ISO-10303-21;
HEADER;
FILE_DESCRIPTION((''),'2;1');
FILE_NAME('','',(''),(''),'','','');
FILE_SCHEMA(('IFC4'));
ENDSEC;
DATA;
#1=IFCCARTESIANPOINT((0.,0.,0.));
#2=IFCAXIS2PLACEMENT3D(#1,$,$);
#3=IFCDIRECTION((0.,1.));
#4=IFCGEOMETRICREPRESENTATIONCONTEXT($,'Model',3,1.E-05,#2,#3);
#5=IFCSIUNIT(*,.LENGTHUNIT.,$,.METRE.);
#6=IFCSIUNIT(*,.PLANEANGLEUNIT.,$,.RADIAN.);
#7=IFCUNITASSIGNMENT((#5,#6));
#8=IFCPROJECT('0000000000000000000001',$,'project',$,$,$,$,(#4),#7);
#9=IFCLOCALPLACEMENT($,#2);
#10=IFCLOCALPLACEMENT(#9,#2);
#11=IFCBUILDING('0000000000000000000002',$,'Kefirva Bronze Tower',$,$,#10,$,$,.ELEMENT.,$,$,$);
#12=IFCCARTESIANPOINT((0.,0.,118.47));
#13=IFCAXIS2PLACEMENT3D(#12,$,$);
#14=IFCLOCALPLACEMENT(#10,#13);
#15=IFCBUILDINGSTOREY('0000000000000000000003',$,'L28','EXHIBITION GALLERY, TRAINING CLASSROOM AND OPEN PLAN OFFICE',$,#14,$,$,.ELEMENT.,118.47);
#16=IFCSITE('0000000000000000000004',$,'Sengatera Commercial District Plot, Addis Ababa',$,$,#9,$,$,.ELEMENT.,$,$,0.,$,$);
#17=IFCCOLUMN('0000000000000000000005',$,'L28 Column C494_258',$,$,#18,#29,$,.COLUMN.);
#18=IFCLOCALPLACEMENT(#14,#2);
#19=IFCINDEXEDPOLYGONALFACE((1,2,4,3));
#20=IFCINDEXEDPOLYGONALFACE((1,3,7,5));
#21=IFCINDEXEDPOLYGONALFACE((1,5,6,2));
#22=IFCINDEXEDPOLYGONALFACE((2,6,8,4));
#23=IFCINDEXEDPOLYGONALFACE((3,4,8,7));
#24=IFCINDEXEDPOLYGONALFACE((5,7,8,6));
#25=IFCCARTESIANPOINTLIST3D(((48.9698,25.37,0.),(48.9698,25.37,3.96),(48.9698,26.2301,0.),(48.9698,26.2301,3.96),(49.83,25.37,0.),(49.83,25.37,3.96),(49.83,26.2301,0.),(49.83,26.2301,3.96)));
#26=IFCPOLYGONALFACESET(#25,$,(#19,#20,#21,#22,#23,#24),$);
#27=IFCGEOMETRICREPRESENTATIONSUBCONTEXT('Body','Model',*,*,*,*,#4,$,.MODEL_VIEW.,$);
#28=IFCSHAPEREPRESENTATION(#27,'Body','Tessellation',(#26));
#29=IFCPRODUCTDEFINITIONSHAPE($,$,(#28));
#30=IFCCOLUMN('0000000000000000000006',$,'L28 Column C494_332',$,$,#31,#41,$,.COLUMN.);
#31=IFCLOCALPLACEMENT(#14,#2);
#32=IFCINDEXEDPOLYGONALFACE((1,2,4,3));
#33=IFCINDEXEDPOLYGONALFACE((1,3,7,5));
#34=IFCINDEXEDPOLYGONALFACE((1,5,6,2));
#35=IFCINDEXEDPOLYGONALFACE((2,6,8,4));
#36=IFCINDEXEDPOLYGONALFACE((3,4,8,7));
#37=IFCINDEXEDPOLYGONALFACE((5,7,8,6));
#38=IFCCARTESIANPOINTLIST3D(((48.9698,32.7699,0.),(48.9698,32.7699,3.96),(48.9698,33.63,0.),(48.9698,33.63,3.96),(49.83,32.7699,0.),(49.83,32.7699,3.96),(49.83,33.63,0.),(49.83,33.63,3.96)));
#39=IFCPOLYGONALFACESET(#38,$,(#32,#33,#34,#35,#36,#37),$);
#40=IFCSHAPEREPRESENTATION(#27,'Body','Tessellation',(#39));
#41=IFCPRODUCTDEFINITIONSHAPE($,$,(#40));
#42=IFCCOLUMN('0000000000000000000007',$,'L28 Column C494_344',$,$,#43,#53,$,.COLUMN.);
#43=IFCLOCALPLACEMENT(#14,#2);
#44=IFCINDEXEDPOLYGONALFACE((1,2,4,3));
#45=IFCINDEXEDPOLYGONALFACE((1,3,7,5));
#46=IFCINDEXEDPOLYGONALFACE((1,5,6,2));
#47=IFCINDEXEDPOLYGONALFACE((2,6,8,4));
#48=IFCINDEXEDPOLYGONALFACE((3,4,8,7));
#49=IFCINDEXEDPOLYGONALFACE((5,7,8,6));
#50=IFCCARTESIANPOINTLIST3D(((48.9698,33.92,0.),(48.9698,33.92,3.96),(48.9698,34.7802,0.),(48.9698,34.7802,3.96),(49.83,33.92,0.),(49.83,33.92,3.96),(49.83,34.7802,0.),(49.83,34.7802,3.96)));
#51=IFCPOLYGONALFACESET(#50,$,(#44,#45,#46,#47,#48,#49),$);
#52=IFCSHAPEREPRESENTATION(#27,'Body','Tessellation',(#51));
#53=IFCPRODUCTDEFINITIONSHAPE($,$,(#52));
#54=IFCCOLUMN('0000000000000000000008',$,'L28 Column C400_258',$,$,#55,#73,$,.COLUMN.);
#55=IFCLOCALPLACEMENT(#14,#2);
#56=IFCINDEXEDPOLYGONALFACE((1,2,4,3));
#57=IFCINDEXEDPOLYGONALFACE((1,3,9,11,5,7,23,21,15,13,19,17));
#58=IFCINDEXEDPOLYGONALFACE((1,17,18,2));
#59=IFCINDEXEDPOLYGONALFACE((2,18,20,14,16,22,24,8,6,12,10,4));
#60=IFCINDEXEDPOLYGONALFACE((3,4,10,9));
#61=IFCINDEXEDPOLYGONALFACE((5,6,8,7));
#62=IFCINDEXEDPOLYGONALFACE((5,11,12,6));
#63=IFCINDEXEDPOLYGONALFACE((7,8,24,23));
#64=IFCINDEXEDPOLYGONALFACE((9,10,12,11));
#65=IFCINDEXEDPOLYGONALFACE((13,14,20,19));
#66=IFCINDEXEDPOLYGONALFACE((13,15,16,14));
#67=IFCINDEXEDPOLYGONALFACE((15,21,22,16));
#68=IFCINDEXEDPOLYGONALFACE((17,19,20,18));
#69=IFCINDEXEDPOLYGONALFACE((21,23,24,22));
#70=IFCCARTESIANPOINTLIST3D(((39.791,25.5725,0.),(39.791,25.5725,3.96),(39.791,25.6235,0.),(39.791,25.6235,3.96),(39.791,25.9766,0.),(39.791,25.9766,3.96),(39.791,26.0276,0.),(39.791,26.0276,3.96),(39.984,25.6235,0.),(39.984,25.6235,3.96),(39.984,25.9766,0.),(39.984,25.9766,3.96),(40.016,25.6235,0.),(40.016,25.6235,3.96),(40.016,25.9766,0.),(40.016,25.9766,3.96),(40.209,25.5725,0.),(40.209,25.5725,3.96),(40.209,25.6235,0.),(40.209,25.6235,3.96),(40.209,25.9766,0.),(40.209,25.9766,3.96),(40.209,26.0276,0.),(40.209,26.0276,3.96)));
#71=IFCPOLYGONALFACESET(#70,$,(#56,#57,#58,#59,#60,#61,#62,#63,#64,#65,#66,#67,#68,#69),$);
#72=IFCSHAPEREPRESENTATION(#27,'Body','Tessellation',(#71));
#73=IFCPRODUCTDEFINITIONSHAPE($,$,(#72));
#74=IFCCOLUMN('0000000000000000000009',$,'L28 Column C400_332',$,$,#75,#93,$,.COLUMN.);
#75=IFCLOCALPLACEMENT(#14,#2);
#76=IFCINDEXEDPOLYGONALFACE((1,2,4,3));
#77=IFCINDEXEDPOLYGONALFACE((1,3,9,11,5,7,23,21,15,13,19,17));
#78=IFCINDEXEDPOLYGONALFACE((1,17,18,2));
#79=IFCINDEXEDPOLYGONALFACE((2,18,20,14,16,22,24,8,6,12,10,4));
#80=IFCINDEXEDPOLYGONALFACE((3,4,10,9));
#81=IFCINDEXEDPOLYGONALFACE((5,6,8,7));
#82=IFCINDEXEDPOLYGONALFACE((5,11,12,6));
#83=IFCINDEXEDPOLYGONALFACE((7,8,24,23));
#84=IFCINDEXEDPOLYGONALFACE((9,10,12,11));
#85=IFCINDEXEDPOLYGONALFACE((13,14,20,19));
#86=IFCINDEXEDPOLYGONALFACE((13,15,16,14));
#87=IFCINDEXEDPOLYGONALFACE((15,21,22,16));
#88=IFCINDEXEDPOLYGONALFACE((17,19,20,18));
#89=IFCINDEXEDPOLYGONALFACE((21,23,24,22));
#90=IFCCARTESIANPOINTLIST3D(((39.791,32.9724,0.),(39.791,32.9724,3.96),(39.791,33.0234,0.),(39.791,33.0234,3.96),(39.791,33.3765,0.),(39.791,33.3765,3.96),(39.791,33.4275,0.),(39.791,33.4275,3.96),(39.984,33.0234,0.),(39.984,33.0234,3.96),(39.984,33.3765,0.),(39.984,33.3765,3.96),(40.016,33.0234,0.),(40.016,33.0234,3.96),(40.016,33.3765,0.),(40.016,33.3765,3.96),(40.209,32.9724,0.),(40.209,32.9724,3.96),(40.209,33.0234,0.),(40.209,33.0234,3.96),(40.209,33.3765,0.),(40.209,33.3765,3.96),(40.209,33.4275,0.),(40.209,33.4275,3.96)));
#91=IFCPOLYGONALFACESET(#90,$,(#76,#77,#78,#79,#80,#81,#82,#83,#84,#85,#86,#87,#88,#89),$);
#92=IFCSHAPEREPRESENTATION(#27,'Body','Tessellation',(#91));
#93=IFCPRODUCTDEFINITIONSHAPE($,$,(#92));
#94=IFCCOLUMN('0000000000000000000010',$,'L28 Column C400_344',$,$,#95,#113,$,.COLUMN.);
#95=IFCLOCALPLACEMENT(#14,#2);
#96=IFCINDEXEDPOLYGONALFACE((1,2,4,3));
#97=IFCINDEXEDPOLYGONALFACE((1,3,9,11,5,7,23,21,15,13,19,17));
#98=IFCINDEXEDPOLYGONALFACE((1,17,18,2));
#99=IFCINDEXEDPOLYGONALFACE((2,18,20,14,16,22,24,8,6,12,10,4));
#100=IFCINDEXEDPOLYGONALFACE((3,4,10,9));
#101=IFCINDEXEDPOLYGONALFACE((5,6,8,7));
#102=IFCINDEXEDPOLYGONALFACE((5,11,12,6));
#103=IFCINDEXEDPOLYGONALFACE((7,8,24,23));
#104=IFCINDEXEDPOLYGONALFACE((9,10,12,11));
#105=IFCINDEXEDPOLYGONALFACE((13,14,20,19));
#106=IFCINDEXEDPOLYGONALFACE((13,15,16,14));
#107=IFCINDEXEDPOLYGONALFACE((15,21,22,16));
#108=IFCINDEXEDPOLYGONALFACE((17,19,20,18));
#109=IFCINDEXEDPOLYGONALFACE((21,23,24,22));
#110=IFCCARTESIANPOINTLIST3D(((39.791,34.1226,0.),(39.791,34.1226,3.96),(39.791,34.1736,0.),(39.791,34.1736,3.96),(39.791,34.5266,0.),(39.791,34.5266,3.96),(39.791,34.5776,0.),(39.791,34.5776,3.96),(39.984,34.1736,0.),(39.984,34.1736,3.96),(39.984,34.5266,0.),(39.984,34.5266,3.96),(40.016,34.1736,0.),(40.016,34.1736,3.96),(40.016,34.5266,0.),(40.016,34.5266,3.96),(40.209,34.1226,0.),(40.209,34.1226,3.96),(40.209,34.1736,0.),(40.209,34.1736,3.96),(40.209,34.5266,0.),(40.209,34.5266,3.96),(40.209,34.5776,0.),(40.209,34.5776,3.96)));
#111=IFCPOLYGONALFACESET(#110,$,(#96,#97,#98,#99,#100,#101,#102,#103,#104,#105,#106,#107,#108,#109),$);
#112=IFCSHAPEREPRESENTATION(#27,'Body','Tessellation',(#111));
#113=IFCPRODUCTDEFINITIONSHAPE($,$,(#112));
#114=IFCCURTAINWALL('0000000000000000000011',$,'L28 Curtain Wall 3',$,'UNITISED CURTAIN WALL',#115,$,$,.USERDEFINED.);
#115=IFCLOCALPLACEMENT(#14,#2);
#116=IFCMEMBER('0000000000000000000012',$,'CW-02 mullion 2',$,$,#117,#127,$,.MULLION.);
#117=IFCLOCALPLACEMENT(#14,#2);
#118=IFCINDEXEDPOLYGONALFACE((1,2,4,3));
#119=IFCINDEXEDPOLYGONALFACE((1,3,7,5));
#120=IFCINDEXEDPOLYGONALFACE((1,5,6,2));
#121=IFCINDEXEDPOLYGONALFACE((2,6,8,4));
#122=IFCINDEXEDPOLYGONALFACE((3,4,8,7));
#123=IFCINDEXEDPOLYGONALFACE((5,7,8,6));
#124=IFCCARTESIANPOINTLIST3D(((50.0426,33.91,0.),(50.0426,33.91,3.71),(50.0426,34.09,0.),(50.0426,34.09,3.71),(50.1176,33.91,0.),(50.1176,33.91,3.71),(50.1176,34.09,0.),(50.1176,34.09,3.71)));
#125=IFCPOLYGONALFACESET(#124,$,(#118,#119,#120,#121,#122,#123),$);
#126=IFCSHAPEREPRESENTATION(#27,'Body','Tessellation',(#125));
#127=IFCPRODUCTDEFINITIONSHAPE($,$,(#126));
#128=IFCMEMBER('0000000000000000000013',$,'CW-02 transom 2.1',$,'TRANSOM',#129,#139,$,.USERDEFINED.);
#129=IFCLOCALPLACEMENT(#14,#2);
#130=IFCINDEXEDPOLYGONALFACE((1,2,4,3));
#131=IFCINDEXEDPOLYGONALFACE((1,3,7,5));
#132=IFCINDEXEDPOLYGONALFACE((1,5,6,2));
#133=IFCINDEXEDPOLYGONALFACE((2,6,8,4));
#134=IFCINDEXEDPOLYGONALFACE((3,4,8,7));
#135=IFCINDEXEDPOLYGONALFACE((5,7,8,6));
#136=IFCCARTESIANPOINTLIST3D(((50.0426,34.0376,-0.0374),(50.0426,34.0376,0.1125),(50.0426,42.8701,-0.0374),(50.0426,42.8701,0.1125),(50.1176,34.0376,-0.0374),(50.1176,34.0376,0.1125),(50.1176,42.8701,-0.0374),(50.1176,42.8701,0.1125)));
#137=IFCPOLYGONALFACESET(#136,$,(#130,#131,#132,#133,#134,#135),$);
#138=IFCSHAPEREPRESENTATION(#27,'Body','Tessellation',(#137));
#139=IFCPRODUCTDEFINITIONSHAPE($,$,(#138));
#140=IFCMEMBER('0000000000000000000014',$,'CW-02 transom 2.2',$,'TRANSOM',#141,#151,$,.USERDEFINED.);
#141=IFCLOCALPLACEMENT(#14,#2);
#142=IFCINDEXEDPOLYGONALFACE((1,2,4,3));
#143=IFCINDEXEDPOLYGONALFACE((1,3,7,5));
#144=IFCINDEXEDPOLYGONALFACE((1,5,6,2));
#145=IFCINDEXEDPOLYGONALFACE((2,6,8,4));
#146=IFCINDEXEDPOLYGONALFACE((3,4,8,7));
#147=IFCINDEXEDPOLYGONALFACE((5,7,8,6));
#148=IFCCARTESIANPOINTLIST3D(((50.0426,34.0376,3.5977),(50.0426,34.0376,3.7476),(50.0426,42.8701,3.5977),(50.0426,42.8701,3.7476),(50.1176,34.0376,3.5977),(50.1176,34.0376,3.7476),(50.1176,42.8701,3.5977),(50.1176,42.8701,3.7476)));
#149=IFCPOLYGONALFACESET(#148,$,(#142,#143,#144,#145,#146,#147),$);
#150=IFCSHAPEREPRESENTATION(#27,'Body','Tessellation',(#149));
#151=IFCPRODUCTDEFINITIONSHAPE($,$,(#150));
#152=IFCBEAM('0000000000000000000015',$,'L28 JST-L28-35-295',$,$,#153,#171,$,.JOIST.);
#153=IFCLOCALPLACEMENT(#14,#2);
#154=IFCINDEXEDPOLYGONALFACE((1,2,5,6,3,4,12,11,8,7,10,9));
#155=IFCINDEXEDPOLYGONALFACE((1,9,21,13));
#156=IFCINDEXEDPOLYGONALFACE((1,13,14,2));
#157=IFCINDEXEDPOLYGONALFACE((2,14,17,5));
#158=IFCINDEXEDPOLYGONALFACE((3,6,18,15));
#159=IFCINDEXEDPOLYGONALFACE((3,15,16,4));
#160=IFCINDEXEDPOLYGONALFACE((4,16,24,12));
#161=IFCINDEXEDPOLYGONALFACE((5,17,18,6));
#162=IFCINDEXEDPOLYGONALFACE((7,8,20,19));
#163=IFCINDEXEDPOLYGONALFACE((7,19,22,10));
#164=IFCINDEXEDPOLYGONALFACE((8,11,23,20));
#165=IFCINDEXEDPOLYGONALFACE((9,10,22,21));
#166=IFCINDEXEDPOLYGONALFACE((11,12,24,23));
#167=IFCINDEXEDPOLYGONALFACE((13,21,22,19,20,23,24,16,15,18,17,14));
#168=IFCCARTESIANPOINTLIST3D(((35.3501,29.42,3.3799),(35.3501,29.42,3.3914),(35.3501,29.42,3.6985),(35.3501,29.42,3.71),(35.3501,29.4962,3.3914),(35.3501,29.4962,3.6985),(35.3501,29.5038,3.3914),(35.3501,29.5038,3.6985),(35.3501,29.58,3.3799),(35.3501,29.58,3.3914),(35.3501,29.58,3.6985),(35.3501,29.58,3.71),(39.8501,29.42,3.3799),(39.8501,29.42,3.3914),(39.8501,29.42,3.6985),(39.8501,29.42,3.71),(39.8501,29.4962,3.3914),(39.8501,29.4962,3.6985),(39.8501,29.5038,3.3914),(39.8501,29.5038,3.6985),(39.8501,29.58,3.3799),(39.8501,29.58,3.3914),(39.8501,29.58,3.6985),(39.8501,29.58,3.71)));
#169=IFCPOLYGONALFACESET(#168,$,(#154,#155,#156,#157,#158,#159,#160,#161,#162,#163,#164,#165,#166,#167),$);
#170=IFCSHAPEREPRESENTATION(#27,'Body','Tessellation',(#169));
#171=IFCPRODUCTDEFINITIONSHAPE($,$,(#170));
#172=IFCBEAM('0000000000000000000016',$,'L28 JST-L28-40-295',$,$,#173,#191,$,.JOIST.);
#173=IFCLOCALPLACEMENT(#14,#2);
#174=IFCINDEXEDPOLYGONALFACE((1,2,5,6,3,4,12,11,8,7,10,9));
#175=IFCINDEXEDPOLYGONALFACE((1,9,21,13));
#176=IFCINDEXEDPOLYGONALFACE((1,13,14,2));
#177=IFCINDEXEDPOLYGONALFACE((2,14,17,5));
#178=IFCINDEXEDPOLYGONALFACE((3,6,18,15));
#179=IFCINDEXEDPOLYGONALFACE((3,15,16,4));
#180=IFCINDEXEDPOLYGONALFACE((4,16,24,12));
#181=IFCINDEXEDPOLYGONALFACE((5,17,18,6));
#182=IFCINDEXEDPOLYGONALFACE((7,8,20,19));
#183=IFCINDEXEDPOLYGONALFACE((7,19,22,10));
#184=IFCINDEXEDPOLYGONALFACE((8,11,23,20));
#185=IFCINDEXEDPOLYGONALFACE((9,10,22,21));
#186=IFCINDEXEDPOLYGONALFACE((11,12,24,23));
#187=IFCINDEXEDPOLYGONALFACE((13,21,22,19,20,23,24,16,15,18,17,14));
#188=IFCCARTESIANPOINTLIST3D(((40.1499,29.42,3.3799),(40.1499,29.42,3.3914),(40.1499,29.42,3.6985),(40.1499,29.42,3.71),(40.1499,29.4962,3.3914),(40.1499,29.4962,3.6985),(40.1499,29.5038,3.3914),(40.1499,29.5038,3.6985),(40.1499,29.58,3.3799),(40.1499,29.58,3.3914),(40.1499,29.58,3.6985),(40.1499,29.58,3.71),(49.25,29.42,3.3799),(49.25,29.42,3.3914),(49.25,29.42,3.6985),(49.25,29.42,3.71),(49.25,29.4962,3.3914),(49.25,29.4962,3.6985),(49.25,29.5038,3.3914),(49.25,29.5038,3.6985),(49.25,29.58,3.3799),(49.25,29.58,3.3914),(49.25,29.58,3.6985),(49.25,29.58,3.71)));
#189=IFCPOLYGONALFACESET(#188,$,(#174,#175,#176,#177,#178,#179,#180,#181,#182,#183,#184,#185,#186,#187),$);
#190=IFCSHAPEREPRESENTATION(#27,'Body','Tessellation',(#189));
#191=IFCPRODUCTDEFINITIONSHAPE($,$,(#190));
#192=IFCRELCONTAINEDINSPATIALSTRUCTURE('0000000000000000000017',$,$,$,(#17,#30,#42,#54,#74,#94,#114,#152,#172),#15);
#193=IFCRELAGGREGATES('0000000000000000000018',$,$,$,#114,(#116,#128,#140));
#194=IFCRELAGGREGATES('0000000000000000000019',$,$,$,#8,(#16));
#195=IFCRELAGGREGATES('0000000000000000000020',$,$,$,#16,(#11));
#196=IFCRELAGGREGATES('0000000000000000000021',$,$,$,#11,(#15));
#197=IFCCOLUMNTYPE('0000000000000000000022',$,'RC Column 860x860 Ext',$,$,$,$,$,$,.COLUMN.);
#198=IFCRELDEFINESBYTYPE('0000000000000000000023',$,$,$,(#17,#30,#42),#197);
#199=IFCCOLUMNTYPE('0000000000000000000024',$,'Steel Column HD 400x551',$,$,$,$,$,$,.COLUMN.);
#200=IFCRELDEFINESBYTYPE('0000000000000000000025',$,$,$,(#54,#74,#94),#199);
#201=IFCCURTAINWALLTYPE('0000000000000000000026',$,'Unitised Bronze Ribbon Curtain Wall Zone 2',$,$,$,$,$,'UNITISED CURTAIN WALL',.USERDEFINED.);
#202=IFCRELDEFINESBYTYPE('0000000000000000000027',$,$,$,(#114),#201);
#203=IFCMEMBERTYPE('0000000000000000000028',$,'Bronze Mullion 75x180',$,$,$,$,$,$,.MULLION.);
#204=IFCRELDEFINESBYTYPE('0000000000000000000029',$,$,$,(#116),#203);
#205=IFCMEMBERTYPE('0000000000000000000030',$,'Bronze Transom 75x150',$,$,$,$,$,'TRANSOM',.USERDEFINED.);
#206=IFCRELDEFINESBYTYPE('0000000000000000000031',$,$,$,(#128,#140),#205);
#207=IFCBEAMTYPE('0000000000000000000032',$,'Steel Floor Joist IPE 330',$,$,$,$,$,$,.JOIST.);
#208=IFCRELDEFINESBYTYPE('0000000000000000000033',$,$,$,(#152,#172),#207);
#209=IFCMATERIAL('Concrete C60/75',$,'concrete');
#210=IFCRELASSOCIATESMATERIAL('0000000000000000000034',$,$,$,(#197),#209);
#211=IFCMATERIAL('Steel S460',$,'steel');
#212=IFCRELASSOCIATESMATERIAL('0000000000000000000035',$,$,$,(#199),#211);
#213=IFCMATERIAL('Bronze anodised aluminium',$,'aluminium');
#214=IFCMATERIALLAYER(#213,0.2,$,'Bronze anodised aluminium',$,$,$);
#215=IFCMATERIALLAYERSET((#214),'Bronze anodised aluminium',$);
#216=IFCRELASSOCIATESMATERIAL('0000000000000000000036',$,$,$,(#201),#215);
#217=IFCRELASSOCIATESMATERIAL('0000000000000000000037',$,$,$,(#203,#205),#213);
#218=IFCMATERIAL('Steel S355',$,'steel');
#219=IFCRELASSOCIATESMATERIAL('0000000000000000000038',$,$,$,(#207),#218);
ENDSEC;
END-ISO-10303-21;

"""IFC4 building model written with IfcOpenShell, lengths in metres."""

from ifc_helpers import new_model, si_unit, direction, frame, origin, origin_2d, place, context, subcontext, project, spatial, rectangle, i_section, extrude, material, layer, layer_set, material_profile, profile_set, type_object, element, aggregate, save


model = new_model("IFC4")

# Units and contexts
model_context = context("Model", 3, precision=1e-05, world=origin(), true_north=direction((0.0, 1.0)))
body_context = subcontext(model_context, "Body", "Model", "MODEL_VIEW")
ifc_project = project(units=[si_unit("LENGTHUNIT", "METRE"), si_unit("PLANEANGLEUNIT", "RADIAN")], contexts=[model_context])

# Site, building, storey
site_placement = place(None, origin())
site = spatial("IfcSite", under=ifc_project, at=site_placement, Name="Sengatera Commercial District Plot, Addis Ababa", CompositionType="ELEMENT", RefElevation=0.0)
building_placement = place(site_placement, origin())
building = spatial("IfcBuilding", under=site, at=building_placement, Name="Kefirva Bronze Tower", CompositionType="ELEMENT")
storey_placement = place(building_placement, frame((0.0, 0.0, 118.47)))
storey = spatial("IfcBuildingStorey", under=building, at=storey_placement, Name="L28", Description="EXHIBITION GALLERY, TRAINING CLASSROOM AND OPEN PLAN OFFICE", CompositionType="ELEMENT", Elevation=118.47)

# Columns
ifc_material_1 = material(Name="Concrete C60/75", Category="concrete")
ifc_material_profile_1 = material_profile(ifc_material_1, rectangle(XDim=0.8601, YDim=0.8601, at=origin_2d()), Name="RC 860x860")
ifc_profile_set_1 = profile_set([ifc_material_profile_1], Name="Concrete C60/75")
column_type_1 = type_object("IfcColumnType", Name="RC Column 860x860 Ext", PredefinedType="COLUMN", material=ifc_profile_set_1)
for number, where, z_axis, x_axis, name in (
    (1, (49.3999, 25.8, 0.0), (0.0, 0.0, 1.0), (1.0, 0.0, 0.0), "L28 Column C494_258"),
    (2, (49.3999, 33.2, 0.0), (0.0, 0.0, 1.0), (1.0, 0.0, 0.0), "L28 Column C494_332"),
    (3, (49.3999, 34.3501, 0.0), (0.0, 0.0, 1.0), (1.0, 0.0, 0.0), "L28 Column C494_344"),
):
    element("IfcColumn", number, at=place(storey_placement, frame(where, z_axis=z_axis, x_axis=x_axis)), inside=storey, type_object=column_type_1, Name=name, PredefinedType="COLUMN", context=body_context, shape_type="SweptSolid", body=[
        extrude(rectangle(XDim=0.8601, YDim=0.8601, at=origin_2d()), origin(), (0.0, 0.0, 1.0), 3.96),
    ])
ifc_material_2 = material(Name="Steel S460", Category="steel")
ifc_material_profile_2 = material_profile(ifc_material_2, i_section(OverallWidth=0.418, OverallDepth=0.4551, WebThickness=0.032, FlangeThickness=0.051, at=origin_2d()), Name="HD 400x551")
ifc_profile_set_2 = profile_set([ifc_material_profile_2], Name="Steel S460")
column_type_2 = type_object("IfcColumnType", Name="Steel Column HD 400x551", PredefinedType="COLUMN", material=ifc_profile_set_2)
for number, where, z_axis, x_axis, name in (
    (4, (40.0, 25.8, 0.0), (0.0, 0.0, 1.0), (1.0, 0.0, 0.0), "L28 Column C400_258"),
    (5, (40.0, 33.2, 0.0), (0.0, 0.0, 1.0), (1.0, 0.0, 0.0), "L28 Column C400_332"),
    (6, (40.0, 34.3501, 0.0), (0.0, 0.0, 1.0), (1.0, 0.0, 0.0), "L28 Column C400_344"),
):
    element("IfcColumn", number, at=place(storey_placement, frame(where, z_axis=z_axis, x_axis=x_axis)), inside=storey, type_object=column_type_2, Name=name, PredefinedType="COLUMN", context=body_context, shape_type="SweptSolid", body=[
        extrude(i_section(OverallWidth=0.418, OverallDepth=0.4551, WebThickness=0.032, FlangeThickness=0.051, at=origin_2d()), origin(), (0.0, 0.0, 1.0), 3.96),
    ])

# Curtain wall, members
ifc_material_3 = material(Name="Bronze anodised aluminium", Category="aluminium")
ifc_layer_1 = layer(ifc_material_3, 0.2, Name="Bronze anodised aluminium")
ifc_layer_set_1 = layer_set([ifc_layer_1], Name="Bronze anodised aluminium")
curtain_wall_type = type_object("IfcCurtainWallType", Name="Unitised Bronze Ribbon Curtain Wall Zone 2", ElementType="UNITISED CURTAIN WALL", PredefinedType="USERDEFINED", material=ifc_layer_set_1)
curtain_wall_placement = place(storey_placement, origin())
curtain_wall = element("IfcCurtainWall", 7, at=curtain_wall_placement, inside=storey, type_object=curtain_wall_type, Name="L28 Curtain Wall 3", ObjectType="UNITISED CURTAIN WALL", PredefinedType="USERDEFINED")
ifc_material_profile_3 = material_profile(ifc_material_3, rectangle(XDim=0.075, YDim=0.1799, at=origin_2d()), Name="ALU 75x180")
ifc_profile_set_3 = profile_set([ifc_material_profile_3], Name="Bronze anodised aluminium")
member_type_1 = type_object("IfcMemberType", Name="Bronze Mullion 75x180", PredefinedType="MULLION", material=ifc_profile_set_3)
member_1_placement = place(storey_placement, frame((50.0801, 34.0, 0.0), z_axis=(0.0, 0.0, 1.0), x_axis=(-1.0, 0.0, 0.0)))
member_1 = element("IfcMember", 8, at=member_1_placement, type_object=member_type_1, Name="CW-02 mullion 2", PredefinedType="MULLION", context=body_context, shape_type="SweptSolid", body=[
    extrude(rectangle(XDim=0.075, YDim=0.1799, at=origin_2d()), origin(), (0.0, 0.0, 1.0), 3.71),
])
ifc_material_profile_4 = material_profile(ifc_material_3, rectangle(XDim=0.075, YDim=0.1499, at=origin_2d()), Name="ALU 75x150")
ifc_profile_set_4 = profile_set([ifc_material_profile_4], Name="Bronze anodised aluminium")
member_type_2 = type_object("IfcMemberType", Name="Bronze Transom 75x150", ElementType="TRANSOM", PredefinedType="USERDEFINED", material=ifc_profile_set_4)
member_2_placement = place(storey_placement, frame((50.0801, 34.0376, 0.0376), z_axis=(0.0, 1.0, 0.0), x_axis=(-1.0, 0.0, 0.0)))
member_2 = element("IfcMember", 9, at=member_2_placement, type_object=member_type_2, Name="CW-02 transom 2.1", ObjectType="TRANSOM", PredefinedType="USERDEFINED", context=body_context, shape_type="SweptSolid", body=[
    extrude(rectangle(XDim=0.075, YDim=0.1499, at=origin_2d()), origin(), (0.0, 0.0, 1.0), 8.8325),
])
member_3_placement = place(storey_placement, frame((50.0801, 34.0376, 3.6726), z_axis=(0.0, 1.0, 0.0), x_axis=(-1.0, 0.0, 0.0)))
member_3 = element("IfcMember", 10, at=member_3_placement, type_object=member_type_2, Name="CW-02 transom 2.2", ObjectType="TRANSOM", PredefinedType="USERDEFINED", context=body_context, shape_type="SweptSolid", body=[
    extrude(rectangle(XDim=0.075, YDim=0.1499, at=origin_2d()), origin(), (0.0, 0.0, 1.0), 8.8325),
])

# Beams
ifc_material_4 = material(Name="Steel S355", Category="steel")
ifc_material_profile_5 = material_profile(ifc_material_4, i_section(OverallWidth=0.1599, OverallDepth=0.3301, WebThickness=0.0076, FlangeThickness=0.0115, at=origin_2d()), Name="IPE 330")
ifc_profile_set_5 = profile_set([ifc_material_profile_5], Name="Steel S355")
beam_type_1 = type_object("IfcBeamType", Name="Steel Floor Joist IPE 330", PredefinedType="JOIST", material=ifc_profile_set_5)
beam_1_placement = place(storey_placement, frame((35.3501, 29.5, 3.5449), z_axis=(1.0, 0.0, 0.0), x_axis=(0.0, 1.0, 0.0)))
element("IfcBeam", 11, at=beam_1_placement, inside=storey, type_object=beam_type_1, Name="L28 JST-L28-35-295", PredefinedType="JOIST", context=body_context, shape_type="SweptSolid", body=[
    extrude(i_section(OverallWidth=0.1599, OverallDepth=0.3301, WebThickness=0.0076, FlangeThickness=0.0115, at=origin_2d()), origin(), (0.0, 0.0, 1.0), 4.5),
])
beam_2_placement = place(storey_placement, frame((40.1499, 29.5, 3.5449), z_axis=(1.0, 0.0, 0.0), x_axis=(0.0, 1.0, 0.0)))
element("IfcBeam", 12, at=beam_2_placement, inside=storey, type_object=beam_type_1, Name="L28 JST-L28-40-295", PredefinedType="JOIST", context=body_context, shape_type="SweptSolid", body=[
    extrude(i_section(OverallWidth=0.1599, OverallDepth=0.3301, WebThickness=0.0076, FlangeThickness=0.0115, at=origin_2d()), origin(), (0.0, 0.0, 1.0), 9.1001),
])

aggregate(curtain_wall, [member_1, member_2, member_3])

save(model, "model.ifc")
